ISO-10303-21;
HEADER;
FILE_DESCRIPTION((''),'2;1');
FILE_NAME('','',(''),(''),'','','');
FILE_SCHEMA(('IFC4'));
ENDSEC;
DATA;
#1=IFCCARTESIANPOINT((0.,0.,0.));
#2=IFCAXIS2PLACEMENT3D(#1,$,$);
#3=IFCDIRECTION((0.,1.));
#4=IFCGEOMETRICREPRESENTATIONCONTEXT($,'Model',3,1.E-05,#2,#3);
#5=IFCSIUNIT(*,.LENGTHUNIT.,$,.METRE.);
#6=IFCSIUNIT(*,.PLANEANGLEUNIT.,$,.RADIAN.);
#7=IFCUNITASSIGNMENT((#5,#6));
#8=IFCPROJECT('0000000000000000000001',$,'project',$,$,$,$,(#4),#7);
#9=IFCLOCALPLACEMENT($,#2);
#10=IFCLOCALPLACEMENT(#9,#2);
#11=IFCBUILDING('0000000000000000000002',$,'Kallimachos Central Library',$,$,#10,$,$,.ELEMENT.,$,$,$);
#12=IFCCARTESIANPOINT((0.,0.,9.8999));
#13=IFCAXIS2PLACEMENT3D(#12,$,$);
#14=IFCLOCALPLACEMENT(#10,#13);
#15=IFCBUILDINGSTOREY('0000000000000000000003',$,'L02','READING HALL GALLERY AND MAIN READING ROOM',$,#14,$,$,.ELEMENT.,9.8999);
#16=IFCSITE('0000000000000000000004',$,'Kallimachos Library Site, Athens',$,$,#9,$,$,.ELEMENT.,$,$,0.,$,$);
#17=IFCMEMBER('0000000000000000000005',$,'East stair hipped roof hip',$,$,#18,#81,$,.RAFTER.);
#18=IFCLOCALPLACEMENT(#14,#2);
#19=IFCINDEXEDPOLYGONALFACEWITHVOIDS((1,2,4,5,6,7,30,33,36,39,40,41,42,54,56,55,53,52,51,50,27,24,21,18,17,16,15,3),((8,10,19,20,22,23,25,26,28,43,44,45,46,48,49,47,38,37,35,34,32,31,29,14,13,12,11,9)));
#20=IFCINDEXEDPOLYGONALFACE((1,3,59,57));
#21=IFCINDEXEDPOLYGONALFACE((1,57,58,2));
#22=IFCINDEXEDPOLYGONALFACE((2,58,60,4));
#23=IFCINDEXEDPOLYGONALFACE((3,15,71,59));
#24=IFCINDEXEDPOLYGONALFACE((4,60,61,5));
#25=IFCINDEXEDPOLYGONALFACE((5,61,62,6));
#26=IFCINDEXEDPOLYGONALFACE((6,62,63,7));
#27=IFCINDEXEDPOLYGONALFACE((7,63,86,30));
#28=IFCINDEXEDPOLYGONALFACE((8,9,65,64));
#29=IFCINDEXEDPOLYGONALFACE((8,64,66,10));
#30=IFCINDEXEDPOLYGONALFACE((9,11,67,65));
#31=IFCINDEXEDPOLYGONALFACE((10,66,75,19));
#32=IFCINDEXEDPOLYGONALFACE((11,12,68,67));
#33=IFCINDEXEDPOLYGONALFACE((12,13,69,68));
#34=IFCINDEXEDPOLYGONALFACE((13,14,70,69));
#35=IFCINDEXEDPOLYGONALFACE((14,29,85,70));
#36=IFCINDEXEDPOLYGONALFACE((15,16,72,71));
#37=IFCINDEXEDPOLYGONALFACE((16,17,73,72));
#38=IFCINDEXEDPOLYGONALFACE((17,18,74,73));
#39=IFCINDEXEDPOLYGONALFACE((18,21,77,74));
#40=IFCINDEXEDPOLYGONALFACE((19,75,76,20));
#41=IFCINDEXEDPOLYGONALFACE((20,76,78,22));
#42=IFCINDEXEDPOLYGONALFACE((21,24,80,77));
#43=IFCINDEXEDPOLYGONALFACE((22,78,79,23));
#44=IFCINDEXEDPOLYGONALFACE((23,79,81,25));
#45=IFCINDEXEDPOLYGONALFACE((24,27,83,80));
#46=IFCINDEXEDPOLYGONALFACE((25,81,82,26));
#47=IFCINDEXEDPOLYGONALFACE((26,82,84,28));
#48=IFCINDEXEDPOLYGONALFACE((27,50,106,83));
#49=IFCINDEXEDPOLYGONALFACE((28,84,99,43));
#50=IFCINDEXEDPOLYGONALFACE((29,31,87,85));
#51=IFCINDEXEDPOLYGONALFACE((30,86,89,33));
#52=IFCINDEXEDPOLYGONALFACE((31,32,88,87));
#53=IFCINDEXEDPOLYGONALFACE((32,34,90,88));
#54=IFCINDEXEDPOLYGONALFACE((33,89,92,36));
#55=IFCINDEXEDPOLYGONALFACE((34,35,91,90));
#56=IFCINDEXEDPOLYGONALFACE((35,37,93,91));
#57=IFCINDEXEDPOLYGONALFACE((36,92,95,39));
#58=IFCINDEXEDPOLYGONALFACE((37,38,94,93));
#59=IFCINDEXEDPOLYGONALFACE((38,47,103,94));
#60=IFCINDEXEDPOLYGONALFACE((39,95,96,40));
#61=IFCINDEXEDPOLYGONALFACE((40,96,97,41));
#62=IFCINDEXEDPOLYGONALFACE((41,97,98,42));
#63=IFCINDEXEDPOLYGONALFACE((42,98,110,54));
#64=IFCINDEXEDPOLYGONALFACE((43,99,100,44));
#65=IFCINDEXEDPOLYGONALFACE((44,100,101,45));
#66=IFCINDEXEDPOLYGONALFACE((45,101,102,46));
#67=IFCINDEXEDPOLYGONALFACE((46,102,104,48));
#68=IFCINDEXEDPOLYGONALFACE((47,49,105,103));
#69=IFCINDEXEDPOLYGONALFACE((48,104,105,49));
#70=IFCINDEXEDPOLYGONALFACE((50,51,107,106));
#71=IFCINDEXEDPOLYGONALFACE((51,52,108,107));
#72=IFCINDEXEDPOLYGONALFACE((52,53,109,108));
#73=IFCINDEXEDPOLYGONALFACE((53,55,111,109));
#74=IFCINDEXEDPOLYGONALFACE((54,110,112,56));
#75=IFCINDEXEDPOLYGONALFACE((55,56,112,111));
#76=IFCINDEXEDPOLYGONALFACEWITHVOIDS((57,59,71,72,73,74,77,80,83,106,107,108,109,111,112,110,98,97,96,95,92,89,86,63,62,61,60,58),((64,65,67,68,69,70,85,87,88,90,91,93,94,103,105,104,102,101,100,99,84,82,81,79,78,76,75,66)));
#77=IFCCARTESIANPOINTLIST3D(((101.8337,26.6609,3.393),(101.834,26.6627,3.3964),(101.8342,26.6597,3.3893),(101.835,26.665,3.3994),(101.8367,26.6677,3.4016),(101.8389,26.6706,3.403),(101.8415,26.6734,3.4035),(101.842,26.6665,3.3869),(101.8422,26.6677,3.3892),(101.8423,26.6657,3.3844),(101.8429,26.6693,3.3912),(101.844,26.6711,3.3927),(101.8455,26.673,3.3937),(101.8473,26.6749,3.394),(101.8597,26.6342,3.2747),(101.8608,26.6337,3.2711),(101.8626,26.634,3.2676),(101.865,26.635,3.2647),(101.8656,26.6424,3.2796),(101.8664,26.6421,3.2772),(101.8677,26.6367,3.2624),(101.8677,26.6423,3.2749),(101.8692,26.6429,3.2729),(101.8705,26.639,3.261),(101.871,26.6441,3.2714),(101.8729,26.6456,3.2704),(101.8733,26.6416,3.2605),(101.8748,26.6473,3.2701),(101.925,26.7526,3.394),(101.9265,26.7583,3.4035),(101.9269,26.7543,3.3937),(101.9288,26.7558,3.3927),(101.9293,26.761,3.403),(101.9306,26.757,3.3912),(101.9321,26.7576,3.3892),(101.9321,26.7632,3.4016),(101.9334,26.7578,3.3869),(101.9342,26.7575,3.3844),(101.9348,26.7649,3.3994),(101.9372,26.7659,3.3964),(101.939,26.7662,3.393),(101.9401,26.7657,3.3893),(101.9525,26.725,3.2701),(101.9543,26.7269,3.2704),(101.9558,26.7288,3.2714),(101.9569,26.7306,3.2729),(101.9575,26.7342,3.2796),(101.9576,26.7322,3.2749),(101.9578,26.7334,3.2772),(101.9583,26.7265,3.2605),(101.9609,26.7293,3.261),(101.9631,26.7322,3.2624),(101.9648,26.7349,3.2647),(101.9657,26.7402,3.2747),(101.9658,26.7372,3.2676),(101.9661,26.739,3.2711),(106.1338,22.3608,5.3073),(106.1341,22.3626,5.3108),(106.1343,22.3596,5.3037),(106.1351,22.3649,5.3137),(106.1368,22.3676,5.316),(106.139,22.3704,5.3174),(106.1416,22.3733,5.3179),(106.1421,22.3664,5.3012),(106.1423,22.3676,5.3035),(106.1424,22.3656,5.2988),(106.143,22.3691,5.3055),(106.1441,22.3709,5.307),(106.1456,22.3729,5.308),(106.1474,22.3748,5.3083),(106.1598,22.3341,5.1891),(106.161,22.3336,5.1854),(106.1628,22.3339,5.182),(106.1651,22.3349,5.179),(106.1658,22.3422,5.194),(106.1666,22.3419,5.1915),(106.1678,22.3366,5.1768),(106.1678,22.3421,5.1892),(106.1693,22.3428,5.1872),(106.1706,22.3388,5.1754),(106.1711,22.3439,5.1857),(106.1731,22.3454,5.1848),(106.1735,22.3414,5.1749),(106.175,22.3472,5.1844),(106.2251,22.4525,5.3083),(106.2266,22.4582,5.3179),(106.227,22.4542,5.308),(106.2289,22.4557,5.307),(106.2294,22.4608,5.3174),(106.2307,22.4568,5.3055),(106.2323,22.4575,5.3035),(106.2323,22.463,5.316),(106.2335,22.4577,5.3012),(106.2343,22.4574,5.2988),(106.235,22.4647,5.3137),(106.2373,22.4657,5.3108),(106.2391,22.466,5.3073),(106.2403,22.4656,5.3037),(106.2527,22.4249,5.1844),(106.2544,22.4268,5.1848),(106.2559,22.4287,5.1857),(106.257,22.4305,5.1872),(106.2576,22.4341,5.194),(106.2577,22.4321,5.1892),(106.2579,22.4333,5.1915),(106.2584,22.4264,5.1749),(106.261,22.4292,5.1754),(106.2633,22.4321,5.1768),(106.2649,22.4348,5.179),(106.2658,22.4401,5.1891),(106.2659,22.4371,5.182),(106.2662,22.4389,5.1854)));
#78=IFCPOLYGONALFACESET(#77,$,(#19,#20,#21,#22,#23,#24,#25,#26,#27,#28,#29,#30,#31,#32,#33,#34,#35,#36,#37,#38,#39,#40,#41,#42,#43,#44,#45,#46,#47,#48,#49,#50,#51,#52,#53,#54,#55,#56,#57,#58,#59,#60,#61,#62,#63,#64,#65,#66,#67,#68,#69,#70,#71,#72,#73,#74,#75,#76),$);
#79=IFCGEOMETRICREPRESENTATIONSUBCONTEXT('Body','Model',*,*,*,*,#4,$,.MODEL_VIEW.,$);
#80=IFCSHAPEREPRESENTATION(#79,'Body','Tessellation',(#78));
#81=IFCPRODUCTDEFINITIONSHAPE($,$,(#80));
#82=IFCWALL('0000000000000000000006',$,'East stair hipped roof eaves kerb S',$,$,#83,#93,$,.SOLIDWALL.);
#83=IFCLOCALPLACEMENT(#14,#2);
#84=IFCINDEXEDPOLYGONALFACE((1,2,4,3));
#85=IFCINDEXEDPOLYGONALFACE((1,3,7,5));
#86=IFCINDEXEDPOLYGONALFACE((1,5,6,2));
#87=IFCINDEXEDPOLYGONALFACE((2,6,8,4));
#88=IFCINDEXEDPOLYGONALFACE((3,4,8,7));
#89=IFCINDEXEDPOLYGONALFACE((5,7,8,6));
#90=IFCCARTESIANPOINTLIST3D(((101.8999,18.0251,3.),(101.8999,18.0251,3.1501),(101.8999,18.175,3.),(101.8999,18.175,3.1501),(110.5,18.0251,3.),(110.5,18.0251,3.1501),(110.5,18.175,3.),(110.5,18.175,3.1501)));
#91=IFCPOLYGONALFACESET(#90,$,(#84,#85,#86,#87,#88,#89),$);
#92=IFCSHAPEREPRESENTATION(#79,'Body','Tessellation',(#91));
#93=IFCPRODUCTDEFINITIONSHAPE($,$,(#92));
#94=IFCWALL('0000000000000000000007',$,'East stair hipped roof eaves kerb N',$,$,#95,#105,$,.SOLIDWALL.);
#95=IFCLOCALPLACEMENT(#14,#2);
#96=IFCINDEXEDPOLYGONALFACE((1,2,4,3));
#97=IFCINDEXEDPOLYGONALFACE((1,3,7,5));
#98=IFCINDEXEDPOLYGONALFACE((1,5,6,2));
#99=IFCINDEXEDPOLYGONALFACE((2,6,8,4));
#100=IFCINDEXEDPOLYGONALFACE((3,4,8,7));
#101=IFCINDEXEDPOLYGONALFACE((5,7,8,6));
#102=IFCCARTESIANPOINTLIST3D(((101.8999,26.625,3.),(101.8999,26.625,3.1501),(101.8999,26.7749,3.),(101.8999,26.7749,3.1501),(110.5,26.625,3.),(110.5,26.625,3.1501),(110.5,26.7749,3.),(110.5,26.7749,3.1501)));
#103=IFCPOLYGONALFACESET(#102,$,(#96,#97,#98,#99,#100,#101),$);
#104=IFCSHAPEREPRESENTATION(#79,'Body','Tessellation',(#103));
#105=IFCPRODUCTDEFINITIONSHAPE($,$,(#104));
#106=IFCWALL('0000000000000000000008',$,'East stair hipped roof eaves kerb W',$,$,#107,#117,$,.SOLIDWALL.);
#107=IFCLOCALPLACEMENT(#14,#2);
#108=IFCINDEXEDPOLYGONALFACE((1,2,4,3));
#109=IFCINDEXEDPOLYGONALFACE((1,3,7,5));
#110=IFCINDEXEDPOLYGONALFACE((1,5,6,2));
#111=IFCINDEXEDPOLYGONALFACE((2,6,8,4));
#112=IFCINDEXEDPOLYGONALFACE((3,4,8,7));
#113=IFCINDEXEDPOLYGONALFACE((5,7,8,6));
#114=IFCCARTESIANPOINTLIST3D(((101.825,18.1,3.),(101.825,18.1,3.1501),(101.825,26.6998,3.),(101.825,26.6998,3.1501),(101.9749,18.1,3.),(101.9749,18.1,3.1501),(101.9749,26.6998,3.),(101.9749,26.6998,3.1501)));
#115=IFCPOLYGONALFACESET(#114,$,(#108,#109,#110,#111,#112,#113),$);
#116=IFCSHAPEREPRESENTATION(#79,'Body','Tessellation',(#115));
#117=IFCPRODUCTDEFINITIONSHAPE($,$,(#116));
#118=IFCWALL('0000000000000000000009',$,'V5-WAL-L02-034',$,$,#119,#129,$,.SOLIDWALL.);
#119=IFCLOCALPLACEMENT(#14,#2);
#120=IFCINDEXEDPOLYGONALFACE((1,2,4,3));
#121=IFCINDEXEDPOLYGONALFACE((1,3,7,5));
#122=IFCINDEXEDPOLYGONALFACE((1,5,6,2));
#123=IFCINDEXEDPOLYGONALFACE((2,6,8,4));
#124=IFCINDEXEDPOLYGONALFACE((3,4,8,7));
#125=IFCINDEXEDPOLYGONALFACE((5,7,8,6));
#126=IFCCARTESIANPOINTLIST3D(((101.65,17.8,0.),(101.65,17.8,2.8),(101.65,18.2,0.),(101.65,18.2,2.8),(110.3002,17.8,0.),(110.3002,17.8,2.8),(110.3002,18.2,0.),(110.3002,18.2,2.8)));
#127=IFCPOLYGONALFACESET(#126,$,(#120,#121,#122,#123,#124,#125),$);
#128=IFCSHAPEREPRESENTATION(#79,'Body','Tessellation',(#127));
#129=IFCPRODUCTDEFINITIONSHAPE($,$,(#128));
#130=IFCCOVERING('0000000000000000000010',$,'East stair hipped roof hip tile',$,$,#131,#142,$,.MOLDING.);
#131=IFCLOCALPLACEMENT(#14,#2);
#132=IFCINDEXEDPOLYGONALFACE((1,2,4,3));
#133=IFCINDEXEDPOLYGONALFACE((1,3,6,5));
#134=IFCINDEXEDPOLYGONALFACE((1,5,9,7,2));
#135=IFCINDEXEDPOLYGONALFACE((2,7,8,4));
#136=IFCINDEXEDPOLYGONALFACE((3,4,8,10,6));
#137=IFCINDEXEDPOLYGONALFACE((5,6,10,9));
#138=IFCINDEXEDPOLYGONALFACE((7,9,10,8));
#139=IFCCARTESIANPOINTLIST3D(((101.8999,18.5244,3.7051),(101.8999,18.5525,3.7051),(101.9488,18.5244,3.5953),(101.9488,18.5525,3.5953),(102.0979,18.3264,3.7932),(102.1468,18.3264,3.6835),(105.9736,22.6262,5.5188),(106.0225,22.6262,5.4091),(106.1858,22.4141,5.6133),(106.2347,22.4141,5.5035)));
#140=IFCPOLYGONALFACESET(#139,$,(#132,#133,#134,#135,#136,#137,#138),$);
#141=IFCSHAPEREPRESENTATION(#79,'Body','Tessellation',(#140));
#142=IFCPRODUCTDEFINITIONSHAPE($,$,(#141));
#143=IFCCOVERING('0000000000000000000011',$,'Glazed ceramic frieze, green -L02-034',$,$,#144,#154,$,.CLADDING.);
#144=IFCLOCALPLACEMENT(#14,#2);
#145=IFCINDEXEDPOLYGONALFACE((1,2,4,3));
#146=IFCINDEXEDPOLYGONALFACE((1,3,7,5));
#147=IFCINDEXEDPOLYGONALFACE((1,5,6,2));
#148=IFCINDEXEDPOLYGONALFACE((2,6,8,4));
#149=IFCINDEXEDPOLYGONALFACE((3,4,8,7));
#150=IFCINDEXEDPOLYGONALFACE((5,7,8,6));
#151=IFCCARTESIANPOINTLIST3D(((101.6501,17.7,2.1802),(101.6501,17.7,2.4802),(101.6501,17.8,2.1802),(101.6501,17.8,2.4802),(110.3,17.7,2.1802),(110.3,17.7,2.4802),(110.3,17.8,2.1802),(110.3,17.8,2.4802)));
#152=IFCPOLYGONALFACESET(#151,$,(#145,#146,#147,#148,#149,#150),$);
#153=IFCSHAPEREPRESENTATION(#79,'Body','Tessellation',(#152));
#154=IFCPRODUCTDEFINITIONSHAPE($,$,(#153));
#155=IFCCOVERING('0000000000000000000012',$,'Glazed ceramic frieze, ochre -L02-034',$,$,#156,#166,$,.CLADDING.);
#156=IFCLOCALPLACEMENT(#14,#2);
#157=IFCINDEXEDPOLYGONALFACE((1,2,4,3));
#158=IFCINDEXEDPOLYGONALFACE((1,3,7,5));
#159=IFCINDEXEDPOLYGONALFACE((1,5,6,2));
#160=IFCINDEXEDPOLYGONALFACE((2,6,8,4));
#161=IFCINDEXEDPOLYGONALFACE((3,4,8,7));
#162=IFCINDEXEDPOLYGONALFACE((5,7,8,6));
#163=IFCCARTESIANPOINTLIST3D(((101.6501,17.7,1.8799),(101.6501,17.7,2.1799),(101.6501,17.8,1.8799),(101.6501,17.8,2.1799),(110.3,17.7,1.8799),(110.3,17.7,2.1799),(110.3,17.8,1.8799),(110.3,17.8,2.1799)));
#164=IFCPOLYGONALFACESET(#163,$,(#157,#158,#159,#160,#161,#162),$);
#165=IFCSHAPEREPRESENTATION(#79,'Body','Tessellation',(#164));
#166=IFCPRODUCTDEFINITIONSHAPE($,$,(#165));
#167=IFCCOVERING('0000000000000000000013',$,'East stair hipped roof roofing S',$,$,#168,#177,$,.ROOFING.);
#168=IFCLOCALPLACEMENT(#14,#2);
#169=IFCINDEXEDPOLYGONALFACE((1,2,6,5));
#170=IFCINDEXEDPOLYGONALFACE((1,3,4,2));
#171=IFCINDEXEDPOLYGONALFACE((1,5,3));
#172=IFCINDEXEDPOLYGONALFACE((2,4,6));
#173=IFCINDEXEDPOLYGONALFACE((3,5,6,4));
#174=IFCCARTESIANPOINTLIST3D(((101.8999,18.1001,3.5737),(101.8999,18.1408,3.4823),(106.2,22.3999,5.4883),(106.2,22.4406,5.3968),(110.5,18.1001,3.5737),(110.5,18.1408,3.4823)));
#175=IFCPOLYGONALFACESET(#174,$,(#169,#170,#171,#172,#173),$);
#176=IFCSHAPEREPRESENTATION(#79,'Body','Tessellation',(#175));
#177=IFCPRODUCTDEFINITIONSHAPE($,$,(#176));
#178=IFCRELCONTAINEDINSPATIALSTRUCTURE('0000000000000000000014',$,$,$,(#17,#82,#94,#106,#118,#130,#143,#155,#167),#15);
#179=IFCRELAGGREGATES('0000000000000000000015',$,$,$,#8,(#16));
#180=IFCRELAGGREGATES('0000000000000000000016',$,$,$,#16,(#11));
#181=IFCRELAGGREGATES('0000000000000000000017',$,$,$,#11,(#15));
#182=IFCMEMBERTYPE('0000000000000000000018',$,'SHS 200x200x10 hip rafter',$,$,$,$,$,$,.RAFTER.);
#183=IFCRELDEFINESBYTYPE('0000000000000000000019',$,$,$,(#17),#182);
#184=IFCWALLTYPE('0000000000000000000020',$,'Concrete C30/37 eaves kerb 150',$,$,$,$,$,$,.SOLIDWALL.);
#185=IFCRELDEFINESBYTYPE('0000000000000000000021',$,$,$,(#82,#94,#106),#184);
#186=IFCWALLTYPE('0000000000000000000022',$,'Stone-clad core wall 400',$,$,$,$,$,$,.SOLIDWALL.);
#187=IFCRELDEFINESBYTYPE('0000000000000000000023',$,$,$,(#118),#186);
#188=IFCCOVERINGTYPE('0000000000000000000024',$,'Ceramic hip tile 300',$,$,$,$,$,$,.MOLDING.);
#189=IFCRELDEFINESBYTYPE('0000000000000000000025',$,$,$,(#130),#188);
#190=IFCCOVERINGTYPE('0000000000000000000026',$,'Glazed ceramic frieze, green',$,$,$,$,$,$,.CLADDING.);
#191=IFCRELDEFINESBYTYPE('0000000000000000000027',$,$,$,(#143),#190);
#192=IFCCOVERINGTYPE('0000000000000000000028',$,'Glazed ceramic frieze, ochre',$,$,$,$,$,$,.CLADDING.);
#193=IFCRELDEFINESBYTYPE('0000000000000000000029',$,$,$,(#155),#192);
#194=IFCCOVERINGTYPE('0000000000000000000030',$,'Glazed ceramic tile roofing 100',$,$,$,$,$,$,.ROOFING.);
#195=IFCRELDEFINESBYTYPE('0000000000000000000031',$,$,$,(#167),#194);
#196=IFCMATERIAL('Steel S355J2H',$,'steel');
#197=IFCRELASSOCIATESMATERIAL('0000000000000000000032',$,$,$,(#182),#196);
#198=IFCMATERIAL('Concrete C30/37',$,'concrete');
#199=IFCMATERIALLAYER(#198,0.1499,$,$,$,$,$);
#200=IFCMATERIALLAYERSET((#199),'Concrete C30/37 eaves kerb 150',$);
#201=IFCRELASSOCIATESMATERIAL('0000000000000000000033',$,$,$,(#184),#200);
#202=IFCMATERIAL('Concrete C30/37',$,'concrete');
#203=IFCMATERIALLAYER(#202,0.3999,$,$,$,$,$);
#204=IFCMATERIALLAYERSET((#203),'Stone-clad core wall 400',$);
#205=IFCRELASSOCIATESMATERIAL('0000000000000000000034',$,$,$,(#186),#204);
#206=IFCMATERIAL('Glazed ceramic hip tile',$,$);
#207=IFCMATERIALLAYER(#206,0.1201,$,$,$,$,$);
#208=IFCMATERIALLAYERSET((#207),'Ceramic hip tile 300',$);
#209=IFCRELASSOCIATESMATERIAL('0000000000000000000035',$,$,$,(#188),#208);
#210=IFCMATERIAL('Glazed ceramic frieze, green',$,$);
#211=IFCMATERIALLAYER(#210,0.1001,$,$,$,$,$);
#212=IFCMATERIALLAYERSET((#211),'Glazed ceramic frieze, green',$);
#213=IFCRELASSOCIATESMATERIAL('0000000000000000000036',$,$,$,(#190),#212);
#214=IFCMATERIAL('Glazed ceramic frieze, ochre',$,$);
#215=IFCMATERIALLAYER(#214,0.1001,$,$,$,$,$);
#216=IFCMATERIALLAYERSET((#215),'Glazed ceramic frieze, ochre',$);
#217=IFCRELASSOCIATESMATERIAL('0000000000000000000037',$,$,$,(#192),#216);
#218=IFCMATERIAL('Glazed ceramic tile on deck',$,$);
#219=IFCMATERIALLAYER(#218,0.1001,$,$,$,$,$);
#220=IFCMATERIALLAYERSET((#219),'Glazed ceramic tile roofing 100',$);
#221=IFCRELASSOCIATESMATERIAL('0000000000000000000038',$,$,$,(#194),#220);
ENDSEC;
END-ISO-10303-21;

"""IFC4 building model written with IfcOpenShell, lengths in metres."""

from ifc_helpers import new_model, si_unit, direction, frame, frame_2d, origin, origin_2d, place, context, subcontext, project, spatial, polyline, rectangle, hollow_rectangle, outline, extrude, material, layer, layer_set, material_profile, profile_set, type_object, element, save


model = new_model("IFC4")

# Units and contexts
model_context = context("Model", 3, precision=1e-05, world=origin(), true_north=direction((0.0, 1.0)))
body_context = subcontext(model_context, "Body", "Model", "MODEL_VIEW")
ifc_project = project(units=[si_unit("LENGTHUNIT", "METRE"), si_unit("PLANEANGLEUNIT", "RADIAN")], contexts=[model_context])

# Site, building, storey
site_placement = place(None, origin())
site = spatial("IfcSite", under=ifc_project, at=site_placement, Name="Kallimachos Library Site, Athens", CompositionType="ELEMENT", RefElevation=0.0)
building_placement = place(site_placement, origin())
building = spatial("IfcBuilding", under=site, at=building_placement, Name="Kallimachos Central Library", CompositionType="ELEMENT")
storey_placement = place(building_placement, frame((0.0, 0.0, 9.8999)))
storey = spatial("IfcBuildingStorey", under=building, at=storey_placement, Name="L02", Description="READING HALL GALLERY AND MAIN READING ROOM", CompositionType="ELEMENT", Elevation=9.8999)

# Member
ifc_material_1 = material(Name="Steel S355J2H", Category="steel")
ifc_material_profile_1 = material_profile(ifc_material_1, hollow_rectangle(XDim=0.1499, YDim=0.1499, WallThickness=0.01, InnerFilletRadius=0.01, OuterFilletRadius=0.0149, at=origin_2d()), Name="SHS 150x150x10")
ifc_profile_set_1 = profile_set([ifc_material_profile_1], Name="Steel S355J2H")
member_type_1 = type_object("IfcMemberType", Name="SHS 200x200x10 hip rafter", PredefinedType="RAFTER", material=ifc_profile_set_1)
member_1_placement = place(storey_placement, frame((101.8999, 26.7, 3.332), z_axis=(0.674478, -0.674478, 0.300266), x_axis=(0.707107, 0.707107, 0.0)))
element("IfcMember", 1, at=member_1_placement, inside=storey, type_object=member_type_1, Name="East stair hipped roof hip", PredefinedType="RAFTER", context=body_context, shape_type="SweptSolid", body=[
    extrude(hollow_rectangle(XDim=0.1499, YDim=0.1499, WallThickness=0.01, InnerFilletRadius=0.01, OuterFilletRadius=0.0149, at=origin_2d()), origin(), (0.0, 0.0, 1.0), 6.3755),
])

# Walls
ifc_material_2 = material(Name="Concrete C30/37", Category="concrete")
ifc_layer_1 = layer(ifc_material_2, 0.1499)
ifc_layer_set_1 = layer_set([ifc_layer_1], Name="Concrete C30/37 eaves kerb 150")
wall_type_1 = type_object("IfcWallType", Name="Concrete C30/37 eaves kerb 150", PredefinedType="SOLIDWALL", material=ifc_layer_set_1)
for number, where, z_axis, x_axis, name in (
    (2, (101.8999, 18.1001, 3.0), (0.0, 0.0, 1.0), (1.0, 0.0, 0.0), "East stair hipped roof eaves kerb S"),
    (3, (101.8999, 26.7, 3.0), (0.0, 0.0, 1.0), (1.0, 0.0, 0.0), "East stair hipped roof eaves kerb N"),
):
    element("IfcWall", number, at=place(storey_placement, frame(where, z_axis=z_axis, x_axis=x_axis)), inside=storey, type_object=wall_type_1, Name=name, PredefinedType="SOLIDWALL", context=body_context, shape_type="SweptSolid", body=[
        extrude(rectangle(XDim=8.6001, YDim=0.1499, at=frame_2d((4.3, 0.0))), origin(), (0.0, 0.0, 1.0), 0.1501),
    ])
wall_1_placement = place(storey_placement, frame((101.8999, 18.1001, 3.0), z_axis=(0.0, 0.0, 1.0), x_axis=(0.0, 1.0, 0.0)))
element("IfcWall", 4, at=wall_1_placement, inside=storey, type_object=wall_type_1, Name="East stair hipped roof eaves kerb W", PredefinedType="SOLIDWALL", context=body_context, shape_type="SweptSolid", body=[
    extrude(rectangle(XDim=8.5999, YDim=0.1499, at=frame_2d((4.2998, 0.0))), origin(), (0.0, 0.0, 1.0), 0.1501),
])
ifc_material_3 = material(Name="Concrete C30/37", Category="concrete")
ifc_layer_2 = layer(ifc_material_3, 0.3999)
ifc_layer_set_2 = layer_set([ifc_layer_2], Name="Stone-clad core wall 400")
wall_type_2 = type_object("IfcWallType", Name="Stone-clad core wall 400", PredefinedType="SOLIDWALL", material=ifc_layer_set_2)
wall_2_placement = place(storey_placement, frame((101.6499, 18.0, 0.0), z_axis=(0.0, 0.0, 1.0), x_axis=(1.0, 0.0, 0.0)))
element("IfcWall", 5, at=wall_2_placement, inside=storey, type_object=wall_type_2, Name="V5-WAL-L02-034", PredefinedType="SOLIDWALL", context=body_context, shape_type="SweptSolid", body=[
    extrude(rectangle(XDim=8.6501, YDim=0.3999, at=frame_2d((4.3252, 0.0))), origin(), (0.0, 0.0, 1.0), 2.8),
])

# Coverings
ifc_material_4 = material(Name="Glazed ceramic hip tile")
ifc_layer_3 = layer(ifc_material_4, 0.1201)
ifc_layer_set_3 = layer_set([ifc_layer_3], Name="Ceramic hip tile 300")
covering_type_1 = type_object("IfcCoveringType", Name="Ceramic hip tile 300", PredefinedType="MOLDING", material=ifc_layer_set_3)
covering_1_placement = place(storey_placement, frame((105.9736, 22.6262, 5.5188), z_axis=(-0.40674, 0.000004, 0.913544), x_axis=(0.674482, -0.674456, 0.300305)))
element("IfcCovering", 6, at=covering_1_placement, inside=storey, type_object=covering_type_1, Name="East stair hipped roof hip tile", PredefinedType="MOLDING", context=body_context, shape_type="SweptSolid", body=[
    extrude(outline(polyline([(0.0, 0.0), (0.3146, 0.0), (-0.2323, -6.036), (-0.5258, -6.036), (-0.5448, -6.0153), (0.0, 0.0)])), origin(), (0.0, 0.0, -1.0), 0.1201),
])
ifc_material_5 = material(Name="Glazed ceramic frieze, green")
ifc_layer_4 = layer(ifc_material_5, 0.1001)
ifc_layer_set_4 = layer_set([ifc_layer_4], Name="Glazed ceramic frieze, green")
covering_type_2 = type_object("IfcCoveringType", Name="Glazed ceramic frieze, green", PredefinedType="CLADDING", material=ifc_layer_set_4)
covering_2_placement = place(storey_placement, frame((105.9751, 17.75, 2.1802), z_axis=(0.0, 0.0, 1.0), x_axis=(1.0, 0.0, 0.0)))
element("IfcCovering", 7, at=covering_2_placement, inside=storey, type_object=covering_type_2, Name="Glazed ceramic frieze, green -L02-034", PredefinedType="CLADDING", context=body_context, shape_type="SweptSolid", body=[
    extrude(rectangle(XDim=8.6499, YDim=0.1001, at=origin_2d()), origin(), (0.0, 0.0, 1.0), 0.3),
])
ifc_material_6 = material(Name="Glazed ceramic frieze, ochre")
ifc_layer_5 = layer(ifc_material_6, 0.1001)
ifc_layer_set_5 = layer_set([ifc_layer_5], Name="Glazed ceramic frieze, ochre")
covering_type_3 = type_object("IfcCoveringType", Name="Glazed ceramic frieze, ochre", PredefinedType="CLADDING", material=ifc_layer_set_5)
covering_3_placement = place(storey_placement, frame((105.9751, 17.75, 1.8799), z_axis=(0.0, 0.0, 1.0), x_axis=(1.0, 0.0, 0.0)))
element("IfcCovering", 8, at=covering_3_placement, inside=storey, type_object=covering_type_3, Name="Glazed ceramic frieze, ochre -L02-034", PredefinedType="CLADDING", context=body_context, shape_type="SweptSolid", body=[
    extrude(rectangle(XDim=8.6499, YDim=0.1001, at=origin_2d()), origin(), (0.0, 0.0, 1.0), 0.3),
])
ifc_material_7 = material(Name="Glazed ceramic tile on deck")
ifc_layer_6 = layer(ifc_material_7, 0.1001)
ifc_layer_set_6 = layer_set([ifc_layer_6], Name="Glazed ceramic tile roofing 100")
covering_type_4 = type_object("IfcCoveringType", Name="Glazed ceramic tile roofing 100", PredefinedType="ROOFING", material=ifc_layer_set_6)
covering_4_placement = place(storey_placement, frame((101.8999, 18.1001, 3.5737), z_axis=(0.0, -0.406764, 0.913533), x_axis=(1.0, 0.0, 0.0)))
element("IfcCovering", 9, at=covering_4_placement, inside=storey, type_object=covering_type_4, Name="East stair hipped roof roofing S", PredefinedType="ROOFING", context=body_context, shape_type="SweptSolid", body=[
    extrude(outline(polyline([(0.0, 0.0), (8.6001, 0.0), (4.3, 4.7068), (0.0, 0.0)])), origin(), (0.0, 0.0, -1.0), 0.1001),
])

save(model, "model.ifc")
